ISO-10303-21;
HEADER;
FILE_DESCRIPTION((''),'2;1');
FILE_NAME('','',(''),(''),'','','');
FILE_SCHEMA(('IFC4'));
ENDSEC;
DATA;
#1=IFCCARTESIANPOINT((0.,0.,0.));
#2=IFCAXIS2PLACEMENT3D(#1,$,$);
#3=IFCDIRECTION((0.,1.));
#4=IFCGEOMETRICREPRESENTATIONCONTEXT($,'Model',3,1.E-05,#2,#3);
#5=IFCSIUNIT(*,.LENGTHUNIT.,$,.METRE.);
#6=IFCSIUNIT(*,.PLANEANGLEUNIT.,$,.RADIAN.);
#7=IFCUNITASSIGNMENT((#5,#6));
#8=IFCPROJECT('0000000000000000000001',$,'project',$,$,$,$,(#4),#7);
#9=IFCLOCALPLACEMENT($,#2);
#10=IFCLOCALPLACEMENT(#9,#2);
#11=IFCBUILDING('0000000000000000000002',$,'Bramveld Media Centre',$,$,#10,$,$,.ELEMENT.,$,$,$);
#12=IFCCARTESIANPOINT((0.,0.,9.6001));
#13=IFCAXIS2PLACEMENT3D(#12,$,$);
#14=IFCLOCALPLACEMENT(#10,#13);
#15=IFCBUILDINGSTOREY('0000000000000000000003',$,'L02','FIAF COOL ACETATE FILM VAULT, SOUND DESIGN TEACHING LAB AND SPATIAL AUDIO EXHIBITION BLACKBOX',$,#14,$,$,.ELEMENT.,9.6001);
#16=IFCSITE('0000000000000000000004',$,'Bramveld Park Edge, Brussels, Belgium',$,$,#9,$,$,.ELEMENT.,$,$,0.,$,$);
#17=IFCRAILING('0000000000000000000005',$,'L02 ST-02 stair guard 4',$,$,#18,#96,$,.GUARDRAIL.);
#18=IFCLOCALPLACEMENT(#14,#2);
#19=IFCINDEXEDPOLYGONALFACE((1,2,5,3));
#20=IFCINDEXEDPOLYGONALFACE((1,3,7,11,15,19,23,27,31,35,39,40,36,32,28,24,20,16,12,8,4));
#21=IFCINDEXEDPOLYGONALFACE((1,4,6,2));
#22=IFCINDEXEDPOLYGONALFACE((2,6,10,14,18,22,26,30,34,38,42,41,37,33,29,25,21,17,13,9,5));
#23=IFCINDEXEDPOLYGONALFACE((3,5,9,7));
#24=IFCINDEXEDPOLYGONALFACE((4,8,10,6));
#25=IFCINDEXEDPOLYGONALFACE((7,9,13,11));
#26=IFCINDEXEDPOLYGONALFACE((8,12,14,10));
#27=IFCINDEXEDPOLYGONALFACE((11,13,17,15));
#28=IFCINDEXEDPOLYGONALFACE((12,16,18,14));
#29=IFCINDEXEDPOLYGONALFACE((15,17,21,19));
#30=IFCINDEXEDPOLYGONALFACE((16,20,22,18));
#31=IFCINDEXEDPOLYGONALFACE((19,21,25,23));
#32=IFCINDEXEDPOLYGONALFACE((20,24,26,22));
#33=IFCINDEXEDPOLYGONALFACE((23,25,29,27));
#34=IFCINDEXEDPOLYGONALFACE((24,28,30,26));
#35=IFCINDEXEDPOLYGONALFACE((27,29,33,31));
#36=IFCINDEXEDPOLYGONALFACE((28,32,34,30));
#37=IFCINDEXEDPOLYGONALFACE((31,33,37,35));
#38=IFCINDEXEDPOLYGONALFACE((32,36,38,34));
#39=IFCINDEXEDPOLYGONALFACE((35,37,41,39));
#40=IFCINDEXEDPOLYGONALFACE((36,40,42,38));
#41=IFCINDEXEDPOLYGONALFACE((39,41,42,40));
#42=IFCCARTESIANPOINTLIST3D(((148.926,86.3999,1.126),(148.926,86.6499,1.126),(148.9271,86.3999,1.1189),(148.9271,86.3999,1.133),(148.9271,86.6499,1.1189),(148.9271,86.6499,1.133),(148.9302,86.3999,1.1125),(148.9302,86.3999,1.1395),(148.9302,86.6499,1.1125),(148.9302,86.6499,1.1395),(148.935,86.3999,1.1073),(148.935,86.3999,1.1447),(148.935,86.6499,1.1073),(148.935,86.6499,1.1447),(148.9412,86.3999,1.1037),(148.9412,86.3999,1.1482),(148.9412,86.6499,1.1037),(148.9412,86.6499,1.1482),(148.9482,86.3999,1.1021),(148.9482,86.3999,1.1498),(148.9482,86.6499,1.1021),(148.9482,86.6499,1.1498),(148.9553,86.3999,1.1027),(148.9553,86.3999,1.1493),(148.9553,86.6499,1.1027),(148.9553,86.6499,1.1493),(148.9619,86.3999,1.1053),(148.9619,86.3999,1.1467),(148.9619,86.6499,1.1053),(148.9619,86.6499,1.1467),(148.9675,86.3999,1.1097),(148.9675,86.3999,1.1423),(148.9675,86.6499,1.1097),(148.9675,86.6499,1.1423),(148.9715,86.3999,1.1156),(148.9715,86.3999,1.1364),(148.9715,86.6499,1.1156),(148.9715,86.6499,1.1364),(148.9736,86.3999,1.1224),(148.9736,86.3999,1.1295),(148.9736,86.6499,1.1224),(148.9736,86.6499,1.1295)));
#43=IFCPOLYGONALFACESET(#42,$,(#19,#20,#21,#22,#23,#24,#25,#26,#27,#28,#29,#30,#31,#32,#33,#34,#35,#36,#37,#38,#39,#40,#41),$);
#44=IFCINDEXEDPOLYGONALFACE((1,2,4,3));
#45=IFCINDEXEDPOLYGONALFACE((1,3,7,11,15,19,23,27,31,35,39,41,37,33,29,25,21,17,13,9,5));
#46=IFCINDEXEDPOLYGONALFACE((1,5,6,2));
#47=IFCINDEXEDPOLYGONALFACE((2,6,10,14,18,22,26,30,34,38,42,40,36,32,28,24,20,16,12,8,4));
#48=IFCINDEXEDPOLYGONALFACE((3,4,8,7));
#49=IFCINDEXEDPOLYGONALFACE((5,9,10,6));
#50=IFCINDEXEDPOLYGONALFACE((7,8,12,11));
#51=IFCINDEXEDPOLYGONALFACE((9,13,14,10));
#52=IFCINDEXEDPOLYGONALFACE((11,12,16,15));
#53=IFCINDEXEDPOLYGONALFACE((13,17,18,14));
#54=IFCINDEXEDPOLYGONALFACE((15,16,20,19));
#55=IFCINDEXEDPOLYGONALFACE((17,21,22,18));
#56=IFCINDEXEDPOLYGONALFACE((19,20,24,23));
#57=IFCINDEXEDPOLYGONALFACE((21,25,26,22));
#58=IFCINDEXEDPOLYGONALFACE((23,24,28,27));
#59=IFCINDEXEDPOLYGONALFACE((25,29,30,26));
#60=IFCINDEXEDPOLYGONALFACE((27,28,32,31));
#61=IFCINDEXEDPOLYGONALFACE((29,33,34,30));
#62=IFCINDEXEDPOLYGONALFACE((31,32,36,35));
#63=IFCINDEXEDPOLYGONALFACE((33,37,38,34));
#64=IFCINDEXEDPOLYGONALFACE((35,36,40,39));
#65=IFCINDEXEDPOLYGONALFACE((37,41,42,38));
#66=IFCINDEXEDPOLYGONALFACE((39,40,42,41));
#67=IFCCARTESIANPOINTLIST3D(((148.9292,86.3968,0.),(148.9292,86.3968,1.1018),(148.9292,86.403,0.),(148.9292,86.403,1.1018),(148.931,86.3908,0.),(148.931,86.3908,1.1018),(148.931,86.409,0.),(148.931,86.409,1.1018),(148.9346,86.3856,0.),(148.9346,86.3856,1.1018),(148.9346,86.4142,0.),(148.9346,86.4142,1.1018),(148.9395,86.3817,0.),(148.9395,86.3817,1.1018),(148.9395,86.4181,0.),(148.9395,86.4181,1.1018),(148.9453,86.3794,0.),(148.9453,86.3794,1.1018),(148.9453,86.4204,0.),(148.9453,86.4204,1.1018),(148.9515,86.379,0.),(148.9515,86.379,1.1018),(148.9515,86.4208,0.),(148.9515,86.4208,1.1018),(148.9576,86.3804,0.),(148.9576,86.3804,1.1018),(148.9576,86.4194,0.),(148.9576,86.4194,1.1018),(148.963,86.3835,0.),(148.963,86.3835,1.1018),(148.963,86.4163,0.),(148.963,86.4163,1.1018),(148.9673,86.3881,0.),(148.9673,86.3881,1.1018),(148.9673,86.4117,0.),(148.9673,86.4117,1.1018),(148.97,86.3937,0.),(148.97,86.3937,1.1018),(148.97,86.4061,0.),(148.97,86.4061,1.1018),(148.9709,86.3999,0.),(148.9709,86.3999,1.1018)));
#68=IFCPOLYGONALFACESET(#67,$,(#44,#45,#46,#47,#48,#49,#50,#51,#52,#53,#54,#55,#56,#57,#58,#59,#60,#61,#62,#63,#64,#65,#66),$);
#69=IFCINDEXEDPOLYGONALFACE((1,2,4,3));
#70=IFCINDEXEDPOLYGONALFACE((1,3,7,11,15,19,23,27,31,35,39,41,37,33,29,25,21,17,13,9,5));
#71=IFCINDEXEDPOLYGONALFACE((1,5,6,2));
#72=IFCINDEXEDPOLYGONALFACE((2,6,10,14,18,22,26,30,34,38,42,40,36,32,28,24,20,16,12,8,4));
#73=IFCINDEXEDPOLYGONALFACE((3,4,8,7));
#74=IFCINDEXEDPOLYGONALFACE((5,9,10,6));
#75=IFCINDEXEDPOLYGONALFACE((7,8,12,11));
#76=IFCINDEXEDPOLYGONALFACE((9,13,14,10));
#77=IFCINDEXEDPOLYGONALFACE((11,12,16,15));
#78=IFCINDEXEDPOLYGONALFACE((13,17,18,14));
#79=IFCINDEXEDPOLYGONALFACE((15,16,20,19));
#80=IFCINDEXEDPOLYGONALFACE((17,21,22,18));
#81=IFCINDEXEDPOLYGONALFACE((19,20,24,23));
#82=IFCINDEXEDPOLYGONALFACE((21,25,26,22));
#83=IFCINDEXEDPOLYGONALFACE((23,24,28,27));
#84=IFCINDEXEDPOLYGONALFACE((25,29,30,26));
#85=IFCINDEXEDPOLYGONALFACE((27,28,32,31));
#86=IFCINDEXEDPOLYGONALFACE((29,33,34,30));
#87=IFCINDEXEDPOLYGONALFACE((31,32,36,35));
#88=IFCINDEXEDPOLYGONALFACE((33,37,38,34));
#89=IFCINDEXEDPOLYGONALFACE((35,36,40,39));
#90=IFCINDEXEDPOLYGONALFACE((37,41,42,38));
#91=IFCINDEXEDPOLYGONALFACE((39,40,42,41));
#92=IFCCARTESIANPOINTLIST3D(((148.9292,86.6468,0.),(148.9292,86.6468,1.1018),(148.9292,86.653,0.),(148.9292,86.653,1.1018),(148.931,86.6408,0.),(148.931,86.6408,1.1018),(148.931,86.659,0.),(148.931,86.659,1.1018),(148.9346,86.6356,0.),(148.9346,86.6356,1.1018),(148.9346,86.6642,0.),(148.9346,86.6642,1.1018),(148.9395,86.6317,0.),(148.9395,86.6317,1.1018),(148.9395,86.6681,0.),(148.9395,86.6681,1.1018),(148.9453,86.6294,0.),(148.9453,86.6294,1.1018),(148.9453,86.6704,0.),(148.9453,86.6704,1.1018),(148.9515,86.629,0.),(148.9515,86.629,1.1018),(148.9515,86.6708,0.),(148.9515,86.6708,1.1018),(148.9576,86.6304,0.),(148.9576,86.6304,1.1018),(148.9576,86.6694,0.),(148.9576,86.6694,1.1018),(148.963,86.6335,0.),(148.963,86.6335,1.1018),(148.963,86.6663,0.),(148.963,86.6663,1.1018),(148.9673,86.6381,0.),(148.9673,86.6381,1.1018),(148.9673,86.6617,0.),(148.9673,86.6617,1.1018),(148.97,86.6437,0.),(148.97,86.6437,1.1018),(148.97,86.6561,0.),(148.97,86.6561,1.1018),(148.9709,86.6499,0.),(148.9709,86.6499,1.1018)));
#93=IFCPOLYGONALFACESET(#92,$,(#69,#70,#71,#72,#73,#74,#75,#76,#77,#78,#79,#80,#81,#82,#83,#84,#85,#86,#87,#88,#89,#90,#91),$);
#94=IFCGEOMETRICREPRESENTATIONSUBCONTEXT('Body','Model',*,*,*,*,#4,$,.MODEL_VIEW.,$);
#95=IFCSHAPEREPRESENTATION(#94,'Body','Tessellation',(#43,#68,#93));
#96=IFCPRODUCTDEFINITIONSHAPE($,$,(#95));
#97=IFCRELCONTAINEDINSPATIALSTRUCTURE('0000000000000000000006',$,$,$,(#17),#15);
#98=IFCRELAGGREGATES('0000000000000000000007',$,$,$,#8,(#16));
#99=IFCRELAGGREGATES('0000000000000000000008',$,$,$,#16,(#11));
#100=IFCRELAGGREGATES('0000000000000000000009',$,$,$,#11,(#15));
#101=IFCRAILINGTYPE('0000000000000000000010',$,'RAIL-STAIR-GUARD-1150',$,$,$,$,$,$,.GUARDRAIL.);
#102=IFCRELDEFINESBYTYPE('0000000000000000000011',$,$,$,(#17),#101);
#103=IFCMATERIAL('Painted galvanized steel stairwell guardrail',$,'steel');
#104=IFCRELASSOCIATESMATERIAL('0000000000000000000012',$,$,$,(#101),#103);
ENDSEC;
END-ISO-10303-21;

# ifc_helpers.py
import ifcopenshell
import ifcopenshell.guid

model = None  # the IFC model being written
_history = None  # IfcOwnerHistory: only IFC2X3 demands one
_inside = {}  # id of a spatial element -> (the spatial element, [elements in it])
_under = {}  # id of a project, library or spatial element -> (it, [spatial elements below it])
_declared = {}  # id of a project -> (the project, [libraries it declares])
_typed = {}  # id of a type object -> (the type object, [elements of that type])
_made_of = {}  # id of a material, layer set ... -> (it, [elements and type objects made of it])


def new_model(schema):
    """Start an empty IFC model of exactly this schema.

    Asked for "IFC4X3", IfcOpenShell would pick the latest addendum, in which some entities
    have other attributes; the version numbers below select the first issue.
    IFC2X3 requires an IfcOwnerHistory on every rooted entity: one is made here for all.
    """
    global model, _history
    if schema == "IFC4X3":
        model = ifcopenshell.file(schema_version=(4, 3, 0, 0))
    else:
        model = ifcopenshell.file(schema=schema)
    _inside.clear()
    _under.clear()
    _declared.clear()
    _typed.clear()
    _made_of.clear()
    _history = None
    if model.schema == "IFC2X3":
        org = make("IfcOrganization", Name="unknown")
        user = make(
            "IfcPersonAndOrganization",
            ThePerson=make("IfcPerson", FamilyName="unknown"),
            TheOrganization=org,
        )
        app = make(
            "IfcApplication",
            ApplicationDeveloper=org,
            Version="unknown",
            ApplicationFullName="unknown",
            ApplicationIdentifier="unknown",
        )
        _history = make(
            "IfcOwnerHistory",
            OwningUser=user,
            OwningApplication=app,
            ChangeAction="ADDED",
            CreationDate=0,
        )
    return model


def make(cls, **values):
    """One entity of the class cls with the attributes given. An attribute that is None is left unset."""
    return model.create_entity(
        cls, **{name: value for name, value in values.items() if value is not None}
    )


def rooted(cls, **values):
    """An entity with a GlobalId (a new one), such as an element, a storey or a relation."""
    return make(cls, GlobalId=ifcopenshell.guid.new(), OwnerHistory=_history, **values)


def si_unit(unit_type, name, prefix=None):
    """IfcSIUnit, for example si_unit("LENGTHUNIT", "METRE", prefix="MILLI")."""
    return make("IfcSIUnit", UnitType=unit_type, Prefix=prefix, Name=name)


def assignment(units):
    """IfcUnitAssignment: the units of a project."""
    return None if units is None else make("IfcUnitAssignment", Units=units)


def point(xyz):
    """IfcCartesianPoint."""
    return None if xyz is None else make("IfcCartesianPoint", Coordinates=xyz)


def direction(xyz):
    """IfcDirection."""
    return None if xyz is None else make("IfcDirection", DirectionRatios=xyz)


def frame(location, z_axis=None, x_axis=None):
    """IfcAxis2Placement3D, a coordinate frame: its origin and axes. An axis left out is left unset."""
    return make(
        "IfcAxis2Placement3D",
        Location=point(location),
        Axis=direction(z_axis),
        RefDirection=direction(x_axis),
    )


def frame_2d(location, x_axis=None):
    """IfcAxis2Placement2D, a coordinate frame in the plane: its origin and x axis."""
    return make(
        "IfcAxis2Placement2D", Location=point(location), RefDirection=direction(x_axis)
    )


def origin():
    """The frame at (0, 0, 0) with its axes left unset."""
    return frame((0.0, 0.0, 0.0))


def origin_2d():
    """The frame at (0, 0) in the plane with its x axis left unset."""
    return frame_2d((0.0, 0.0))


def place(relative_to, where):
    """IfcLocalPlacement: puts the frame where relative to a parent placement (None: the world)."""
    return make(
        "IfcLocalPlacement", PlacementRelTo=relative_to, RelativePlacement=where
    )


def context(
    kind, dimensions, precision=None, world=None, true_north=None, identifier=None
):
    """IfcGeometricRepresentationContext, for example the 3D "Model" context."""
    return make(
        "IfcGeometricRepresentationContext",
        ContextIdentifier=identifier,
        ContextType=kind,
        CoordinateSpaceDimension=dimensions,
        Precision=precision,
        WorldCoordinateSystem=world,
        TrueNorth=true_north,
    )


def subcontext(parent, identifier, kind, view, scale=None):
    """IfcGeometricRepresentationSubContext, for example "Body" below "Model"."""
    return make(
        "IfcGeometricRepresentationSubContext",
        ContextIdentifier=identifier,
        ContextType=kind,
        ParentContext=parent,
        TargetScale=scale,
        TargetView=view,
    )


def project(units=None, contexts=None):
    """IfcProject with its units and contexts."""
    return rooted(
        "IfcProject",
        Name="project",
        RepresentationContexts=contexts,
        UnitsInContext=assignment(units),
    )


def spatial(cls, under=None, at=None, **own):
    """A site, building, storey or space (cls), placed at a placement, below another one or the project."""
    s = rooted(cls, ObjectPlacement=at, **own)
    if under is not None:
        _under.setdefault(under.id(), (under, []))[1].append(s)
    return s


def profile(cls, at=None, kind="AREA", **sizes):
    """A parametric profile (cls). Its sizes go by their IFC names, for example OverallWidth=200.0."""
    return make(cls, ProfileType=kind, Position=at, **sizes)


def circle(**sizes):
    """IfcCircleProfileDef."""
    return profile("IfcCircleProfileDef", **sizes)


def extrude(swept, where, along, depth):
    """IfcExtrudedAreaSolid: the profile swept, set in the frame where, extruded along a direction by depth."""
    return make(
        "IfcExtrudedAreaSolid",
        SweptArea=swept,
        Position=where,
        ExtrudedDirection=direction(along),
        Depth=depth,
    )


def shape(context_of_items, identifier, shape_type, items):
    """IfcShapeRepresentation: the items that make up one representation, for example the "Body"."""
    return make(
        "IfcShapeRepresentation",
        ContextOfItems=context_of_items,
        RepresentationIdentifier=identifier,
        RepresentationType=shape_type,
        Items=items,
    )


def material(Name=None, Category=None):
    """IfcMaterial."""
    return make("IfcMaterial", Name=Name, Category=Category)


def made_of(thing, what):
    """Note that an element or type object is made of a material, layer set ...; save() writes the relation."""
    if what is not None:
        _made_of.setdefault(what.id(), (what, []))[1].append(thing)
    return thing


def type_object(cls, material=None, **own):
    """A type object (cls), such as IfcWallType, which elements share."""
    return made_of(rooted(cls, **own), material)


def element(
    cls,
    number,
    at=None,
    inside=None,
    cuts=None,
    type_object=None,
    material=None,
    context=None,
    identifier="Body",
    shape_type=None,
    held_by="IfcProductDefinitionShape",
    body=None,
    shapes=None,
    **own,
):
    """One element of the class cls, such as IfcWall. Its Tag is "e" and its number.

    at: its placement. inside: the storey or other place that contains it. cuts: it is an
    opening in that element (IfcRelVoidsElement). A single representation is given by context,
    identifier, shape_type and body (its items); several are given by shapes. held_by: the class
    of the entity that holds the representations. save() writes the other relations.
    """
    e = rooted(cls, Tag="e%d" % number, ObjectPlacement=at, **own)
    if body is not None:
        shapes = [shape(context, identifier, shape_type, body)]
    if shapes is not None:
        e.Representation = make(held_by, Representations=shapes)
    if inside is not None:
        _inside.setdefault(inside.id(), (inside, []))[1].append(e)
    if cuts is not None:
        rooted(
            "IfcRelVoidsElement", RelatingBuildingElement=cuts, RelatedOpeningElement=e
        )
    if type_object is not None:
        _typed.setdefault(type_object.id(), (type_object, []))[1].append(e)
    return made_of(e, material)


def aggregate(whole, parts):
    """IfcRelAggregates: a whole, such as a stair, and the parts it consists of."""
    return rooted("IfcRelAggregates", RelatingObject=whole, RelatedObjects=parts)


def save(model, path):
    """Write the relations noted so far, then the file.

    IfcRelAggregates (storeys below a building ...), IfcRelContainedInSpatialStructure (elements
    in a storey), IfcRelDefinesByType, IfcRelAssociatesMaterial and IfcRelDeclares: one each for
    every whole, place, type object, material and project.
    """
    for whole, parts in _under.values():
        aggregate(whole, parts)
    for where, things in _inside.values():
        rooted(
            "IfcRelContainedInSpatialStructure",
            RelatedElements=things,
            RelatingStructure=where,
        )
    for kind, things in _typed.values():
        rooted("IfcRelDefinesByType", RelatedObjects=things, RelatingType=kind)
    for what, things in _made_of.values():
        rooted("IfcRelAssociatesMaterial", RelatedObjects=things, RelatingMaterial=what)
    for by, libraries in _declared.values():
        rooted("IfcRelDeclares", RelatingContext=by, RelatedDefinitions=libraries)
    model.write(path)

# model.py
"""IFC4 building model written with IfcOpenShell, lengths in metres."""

from ifc_helpers import new_model, si_unit, direction, frame, origin, origin_2d, place, context, subcontext, project, spatial, circle, extrude, material, type_object, element, save


model = new_model("IFC4")

# Units and contexts
model_context = context("Model", 3, precision=1e-05, world=origin(), true_north=direction((0.0, 1.0)))
body_context = subcontext(model_context, "Body", "Model", "MODEL_VIEW")
ifc_project = project(units=[si_unit("LENGTHUNIT", "METRE"), si_unit("PLANEANGLEUNIT", "RADIAN")], contexts=[model_context])

# Site, building, storey
site_placement = place(None, origin())
site = spatial("IfcSite", under=ifc_project, at=site_placement, Name="Bramveld Park Edge, Brussels, Belgium", CompositionType="ELEMENT", RefElevation=0.0)
building_placement = place(site_placement, origin())
building = spatial("IfcBuilding", under=site, at=building_placement, Name="Bramveld Media Centre", CompositionType="ELEMENT")
storey_placement = place(building_placement, frame((0.0, 0.0, 9.6001)))
storey = spatial("IfcBuildingStorey", under=building, at=storey_placement, Name="L02", Description="FIAF COOL ACETATE FILM VAULT, SOUND DESIGN TEACHING LAB AND SPATIAL AUDIO EXHIBITION BLACKBOX", CompositionType="ELEMENT", Elevation=9.6001)

# Railing
ifc_material_1 = material(Name="Painted galvanized steel stairwell guardrail", Category="steel")
railing_type_1 = type_object("IfcRailingType", Name="RAIL-STAIR-GUARD-1150", PredefinedType="GUARDRAIL", material=ifc_material_1)
railing_1_placement = place(storey_placement, frame((148.95, 86.3999, 0.0)))
element("IfcRailing", 1, at=railing_1_placement, inside=storey, type_object=railing_type_1, Name="L02 ST-02 stair guard 4", PredefinedType="GUARDRAIL", context=body_context, shape_type="SweptSolid", body=[
    extrude(circle(Radius=0.0239, at=origin_2d()), frame((0.0, 0.0, 1.126), z_axis=(0.0, 1.0, 0.0), x_axis=(-1.0, 0.0, 0.0)), (0.0, 0.0, 1.0), 0.25),
    extrude(circle(Radius=0.021, at=origin_2d()), origin(), (0.0, 0.0, 1.0), 1.1018),
    extrude(circle(Radius=0.021, at=origin_2d()), frame((0.0, 0.25, 0.0)), (0.0, 0.0, 1.0), 1.1018),
])

save(model, "model.ifc")
